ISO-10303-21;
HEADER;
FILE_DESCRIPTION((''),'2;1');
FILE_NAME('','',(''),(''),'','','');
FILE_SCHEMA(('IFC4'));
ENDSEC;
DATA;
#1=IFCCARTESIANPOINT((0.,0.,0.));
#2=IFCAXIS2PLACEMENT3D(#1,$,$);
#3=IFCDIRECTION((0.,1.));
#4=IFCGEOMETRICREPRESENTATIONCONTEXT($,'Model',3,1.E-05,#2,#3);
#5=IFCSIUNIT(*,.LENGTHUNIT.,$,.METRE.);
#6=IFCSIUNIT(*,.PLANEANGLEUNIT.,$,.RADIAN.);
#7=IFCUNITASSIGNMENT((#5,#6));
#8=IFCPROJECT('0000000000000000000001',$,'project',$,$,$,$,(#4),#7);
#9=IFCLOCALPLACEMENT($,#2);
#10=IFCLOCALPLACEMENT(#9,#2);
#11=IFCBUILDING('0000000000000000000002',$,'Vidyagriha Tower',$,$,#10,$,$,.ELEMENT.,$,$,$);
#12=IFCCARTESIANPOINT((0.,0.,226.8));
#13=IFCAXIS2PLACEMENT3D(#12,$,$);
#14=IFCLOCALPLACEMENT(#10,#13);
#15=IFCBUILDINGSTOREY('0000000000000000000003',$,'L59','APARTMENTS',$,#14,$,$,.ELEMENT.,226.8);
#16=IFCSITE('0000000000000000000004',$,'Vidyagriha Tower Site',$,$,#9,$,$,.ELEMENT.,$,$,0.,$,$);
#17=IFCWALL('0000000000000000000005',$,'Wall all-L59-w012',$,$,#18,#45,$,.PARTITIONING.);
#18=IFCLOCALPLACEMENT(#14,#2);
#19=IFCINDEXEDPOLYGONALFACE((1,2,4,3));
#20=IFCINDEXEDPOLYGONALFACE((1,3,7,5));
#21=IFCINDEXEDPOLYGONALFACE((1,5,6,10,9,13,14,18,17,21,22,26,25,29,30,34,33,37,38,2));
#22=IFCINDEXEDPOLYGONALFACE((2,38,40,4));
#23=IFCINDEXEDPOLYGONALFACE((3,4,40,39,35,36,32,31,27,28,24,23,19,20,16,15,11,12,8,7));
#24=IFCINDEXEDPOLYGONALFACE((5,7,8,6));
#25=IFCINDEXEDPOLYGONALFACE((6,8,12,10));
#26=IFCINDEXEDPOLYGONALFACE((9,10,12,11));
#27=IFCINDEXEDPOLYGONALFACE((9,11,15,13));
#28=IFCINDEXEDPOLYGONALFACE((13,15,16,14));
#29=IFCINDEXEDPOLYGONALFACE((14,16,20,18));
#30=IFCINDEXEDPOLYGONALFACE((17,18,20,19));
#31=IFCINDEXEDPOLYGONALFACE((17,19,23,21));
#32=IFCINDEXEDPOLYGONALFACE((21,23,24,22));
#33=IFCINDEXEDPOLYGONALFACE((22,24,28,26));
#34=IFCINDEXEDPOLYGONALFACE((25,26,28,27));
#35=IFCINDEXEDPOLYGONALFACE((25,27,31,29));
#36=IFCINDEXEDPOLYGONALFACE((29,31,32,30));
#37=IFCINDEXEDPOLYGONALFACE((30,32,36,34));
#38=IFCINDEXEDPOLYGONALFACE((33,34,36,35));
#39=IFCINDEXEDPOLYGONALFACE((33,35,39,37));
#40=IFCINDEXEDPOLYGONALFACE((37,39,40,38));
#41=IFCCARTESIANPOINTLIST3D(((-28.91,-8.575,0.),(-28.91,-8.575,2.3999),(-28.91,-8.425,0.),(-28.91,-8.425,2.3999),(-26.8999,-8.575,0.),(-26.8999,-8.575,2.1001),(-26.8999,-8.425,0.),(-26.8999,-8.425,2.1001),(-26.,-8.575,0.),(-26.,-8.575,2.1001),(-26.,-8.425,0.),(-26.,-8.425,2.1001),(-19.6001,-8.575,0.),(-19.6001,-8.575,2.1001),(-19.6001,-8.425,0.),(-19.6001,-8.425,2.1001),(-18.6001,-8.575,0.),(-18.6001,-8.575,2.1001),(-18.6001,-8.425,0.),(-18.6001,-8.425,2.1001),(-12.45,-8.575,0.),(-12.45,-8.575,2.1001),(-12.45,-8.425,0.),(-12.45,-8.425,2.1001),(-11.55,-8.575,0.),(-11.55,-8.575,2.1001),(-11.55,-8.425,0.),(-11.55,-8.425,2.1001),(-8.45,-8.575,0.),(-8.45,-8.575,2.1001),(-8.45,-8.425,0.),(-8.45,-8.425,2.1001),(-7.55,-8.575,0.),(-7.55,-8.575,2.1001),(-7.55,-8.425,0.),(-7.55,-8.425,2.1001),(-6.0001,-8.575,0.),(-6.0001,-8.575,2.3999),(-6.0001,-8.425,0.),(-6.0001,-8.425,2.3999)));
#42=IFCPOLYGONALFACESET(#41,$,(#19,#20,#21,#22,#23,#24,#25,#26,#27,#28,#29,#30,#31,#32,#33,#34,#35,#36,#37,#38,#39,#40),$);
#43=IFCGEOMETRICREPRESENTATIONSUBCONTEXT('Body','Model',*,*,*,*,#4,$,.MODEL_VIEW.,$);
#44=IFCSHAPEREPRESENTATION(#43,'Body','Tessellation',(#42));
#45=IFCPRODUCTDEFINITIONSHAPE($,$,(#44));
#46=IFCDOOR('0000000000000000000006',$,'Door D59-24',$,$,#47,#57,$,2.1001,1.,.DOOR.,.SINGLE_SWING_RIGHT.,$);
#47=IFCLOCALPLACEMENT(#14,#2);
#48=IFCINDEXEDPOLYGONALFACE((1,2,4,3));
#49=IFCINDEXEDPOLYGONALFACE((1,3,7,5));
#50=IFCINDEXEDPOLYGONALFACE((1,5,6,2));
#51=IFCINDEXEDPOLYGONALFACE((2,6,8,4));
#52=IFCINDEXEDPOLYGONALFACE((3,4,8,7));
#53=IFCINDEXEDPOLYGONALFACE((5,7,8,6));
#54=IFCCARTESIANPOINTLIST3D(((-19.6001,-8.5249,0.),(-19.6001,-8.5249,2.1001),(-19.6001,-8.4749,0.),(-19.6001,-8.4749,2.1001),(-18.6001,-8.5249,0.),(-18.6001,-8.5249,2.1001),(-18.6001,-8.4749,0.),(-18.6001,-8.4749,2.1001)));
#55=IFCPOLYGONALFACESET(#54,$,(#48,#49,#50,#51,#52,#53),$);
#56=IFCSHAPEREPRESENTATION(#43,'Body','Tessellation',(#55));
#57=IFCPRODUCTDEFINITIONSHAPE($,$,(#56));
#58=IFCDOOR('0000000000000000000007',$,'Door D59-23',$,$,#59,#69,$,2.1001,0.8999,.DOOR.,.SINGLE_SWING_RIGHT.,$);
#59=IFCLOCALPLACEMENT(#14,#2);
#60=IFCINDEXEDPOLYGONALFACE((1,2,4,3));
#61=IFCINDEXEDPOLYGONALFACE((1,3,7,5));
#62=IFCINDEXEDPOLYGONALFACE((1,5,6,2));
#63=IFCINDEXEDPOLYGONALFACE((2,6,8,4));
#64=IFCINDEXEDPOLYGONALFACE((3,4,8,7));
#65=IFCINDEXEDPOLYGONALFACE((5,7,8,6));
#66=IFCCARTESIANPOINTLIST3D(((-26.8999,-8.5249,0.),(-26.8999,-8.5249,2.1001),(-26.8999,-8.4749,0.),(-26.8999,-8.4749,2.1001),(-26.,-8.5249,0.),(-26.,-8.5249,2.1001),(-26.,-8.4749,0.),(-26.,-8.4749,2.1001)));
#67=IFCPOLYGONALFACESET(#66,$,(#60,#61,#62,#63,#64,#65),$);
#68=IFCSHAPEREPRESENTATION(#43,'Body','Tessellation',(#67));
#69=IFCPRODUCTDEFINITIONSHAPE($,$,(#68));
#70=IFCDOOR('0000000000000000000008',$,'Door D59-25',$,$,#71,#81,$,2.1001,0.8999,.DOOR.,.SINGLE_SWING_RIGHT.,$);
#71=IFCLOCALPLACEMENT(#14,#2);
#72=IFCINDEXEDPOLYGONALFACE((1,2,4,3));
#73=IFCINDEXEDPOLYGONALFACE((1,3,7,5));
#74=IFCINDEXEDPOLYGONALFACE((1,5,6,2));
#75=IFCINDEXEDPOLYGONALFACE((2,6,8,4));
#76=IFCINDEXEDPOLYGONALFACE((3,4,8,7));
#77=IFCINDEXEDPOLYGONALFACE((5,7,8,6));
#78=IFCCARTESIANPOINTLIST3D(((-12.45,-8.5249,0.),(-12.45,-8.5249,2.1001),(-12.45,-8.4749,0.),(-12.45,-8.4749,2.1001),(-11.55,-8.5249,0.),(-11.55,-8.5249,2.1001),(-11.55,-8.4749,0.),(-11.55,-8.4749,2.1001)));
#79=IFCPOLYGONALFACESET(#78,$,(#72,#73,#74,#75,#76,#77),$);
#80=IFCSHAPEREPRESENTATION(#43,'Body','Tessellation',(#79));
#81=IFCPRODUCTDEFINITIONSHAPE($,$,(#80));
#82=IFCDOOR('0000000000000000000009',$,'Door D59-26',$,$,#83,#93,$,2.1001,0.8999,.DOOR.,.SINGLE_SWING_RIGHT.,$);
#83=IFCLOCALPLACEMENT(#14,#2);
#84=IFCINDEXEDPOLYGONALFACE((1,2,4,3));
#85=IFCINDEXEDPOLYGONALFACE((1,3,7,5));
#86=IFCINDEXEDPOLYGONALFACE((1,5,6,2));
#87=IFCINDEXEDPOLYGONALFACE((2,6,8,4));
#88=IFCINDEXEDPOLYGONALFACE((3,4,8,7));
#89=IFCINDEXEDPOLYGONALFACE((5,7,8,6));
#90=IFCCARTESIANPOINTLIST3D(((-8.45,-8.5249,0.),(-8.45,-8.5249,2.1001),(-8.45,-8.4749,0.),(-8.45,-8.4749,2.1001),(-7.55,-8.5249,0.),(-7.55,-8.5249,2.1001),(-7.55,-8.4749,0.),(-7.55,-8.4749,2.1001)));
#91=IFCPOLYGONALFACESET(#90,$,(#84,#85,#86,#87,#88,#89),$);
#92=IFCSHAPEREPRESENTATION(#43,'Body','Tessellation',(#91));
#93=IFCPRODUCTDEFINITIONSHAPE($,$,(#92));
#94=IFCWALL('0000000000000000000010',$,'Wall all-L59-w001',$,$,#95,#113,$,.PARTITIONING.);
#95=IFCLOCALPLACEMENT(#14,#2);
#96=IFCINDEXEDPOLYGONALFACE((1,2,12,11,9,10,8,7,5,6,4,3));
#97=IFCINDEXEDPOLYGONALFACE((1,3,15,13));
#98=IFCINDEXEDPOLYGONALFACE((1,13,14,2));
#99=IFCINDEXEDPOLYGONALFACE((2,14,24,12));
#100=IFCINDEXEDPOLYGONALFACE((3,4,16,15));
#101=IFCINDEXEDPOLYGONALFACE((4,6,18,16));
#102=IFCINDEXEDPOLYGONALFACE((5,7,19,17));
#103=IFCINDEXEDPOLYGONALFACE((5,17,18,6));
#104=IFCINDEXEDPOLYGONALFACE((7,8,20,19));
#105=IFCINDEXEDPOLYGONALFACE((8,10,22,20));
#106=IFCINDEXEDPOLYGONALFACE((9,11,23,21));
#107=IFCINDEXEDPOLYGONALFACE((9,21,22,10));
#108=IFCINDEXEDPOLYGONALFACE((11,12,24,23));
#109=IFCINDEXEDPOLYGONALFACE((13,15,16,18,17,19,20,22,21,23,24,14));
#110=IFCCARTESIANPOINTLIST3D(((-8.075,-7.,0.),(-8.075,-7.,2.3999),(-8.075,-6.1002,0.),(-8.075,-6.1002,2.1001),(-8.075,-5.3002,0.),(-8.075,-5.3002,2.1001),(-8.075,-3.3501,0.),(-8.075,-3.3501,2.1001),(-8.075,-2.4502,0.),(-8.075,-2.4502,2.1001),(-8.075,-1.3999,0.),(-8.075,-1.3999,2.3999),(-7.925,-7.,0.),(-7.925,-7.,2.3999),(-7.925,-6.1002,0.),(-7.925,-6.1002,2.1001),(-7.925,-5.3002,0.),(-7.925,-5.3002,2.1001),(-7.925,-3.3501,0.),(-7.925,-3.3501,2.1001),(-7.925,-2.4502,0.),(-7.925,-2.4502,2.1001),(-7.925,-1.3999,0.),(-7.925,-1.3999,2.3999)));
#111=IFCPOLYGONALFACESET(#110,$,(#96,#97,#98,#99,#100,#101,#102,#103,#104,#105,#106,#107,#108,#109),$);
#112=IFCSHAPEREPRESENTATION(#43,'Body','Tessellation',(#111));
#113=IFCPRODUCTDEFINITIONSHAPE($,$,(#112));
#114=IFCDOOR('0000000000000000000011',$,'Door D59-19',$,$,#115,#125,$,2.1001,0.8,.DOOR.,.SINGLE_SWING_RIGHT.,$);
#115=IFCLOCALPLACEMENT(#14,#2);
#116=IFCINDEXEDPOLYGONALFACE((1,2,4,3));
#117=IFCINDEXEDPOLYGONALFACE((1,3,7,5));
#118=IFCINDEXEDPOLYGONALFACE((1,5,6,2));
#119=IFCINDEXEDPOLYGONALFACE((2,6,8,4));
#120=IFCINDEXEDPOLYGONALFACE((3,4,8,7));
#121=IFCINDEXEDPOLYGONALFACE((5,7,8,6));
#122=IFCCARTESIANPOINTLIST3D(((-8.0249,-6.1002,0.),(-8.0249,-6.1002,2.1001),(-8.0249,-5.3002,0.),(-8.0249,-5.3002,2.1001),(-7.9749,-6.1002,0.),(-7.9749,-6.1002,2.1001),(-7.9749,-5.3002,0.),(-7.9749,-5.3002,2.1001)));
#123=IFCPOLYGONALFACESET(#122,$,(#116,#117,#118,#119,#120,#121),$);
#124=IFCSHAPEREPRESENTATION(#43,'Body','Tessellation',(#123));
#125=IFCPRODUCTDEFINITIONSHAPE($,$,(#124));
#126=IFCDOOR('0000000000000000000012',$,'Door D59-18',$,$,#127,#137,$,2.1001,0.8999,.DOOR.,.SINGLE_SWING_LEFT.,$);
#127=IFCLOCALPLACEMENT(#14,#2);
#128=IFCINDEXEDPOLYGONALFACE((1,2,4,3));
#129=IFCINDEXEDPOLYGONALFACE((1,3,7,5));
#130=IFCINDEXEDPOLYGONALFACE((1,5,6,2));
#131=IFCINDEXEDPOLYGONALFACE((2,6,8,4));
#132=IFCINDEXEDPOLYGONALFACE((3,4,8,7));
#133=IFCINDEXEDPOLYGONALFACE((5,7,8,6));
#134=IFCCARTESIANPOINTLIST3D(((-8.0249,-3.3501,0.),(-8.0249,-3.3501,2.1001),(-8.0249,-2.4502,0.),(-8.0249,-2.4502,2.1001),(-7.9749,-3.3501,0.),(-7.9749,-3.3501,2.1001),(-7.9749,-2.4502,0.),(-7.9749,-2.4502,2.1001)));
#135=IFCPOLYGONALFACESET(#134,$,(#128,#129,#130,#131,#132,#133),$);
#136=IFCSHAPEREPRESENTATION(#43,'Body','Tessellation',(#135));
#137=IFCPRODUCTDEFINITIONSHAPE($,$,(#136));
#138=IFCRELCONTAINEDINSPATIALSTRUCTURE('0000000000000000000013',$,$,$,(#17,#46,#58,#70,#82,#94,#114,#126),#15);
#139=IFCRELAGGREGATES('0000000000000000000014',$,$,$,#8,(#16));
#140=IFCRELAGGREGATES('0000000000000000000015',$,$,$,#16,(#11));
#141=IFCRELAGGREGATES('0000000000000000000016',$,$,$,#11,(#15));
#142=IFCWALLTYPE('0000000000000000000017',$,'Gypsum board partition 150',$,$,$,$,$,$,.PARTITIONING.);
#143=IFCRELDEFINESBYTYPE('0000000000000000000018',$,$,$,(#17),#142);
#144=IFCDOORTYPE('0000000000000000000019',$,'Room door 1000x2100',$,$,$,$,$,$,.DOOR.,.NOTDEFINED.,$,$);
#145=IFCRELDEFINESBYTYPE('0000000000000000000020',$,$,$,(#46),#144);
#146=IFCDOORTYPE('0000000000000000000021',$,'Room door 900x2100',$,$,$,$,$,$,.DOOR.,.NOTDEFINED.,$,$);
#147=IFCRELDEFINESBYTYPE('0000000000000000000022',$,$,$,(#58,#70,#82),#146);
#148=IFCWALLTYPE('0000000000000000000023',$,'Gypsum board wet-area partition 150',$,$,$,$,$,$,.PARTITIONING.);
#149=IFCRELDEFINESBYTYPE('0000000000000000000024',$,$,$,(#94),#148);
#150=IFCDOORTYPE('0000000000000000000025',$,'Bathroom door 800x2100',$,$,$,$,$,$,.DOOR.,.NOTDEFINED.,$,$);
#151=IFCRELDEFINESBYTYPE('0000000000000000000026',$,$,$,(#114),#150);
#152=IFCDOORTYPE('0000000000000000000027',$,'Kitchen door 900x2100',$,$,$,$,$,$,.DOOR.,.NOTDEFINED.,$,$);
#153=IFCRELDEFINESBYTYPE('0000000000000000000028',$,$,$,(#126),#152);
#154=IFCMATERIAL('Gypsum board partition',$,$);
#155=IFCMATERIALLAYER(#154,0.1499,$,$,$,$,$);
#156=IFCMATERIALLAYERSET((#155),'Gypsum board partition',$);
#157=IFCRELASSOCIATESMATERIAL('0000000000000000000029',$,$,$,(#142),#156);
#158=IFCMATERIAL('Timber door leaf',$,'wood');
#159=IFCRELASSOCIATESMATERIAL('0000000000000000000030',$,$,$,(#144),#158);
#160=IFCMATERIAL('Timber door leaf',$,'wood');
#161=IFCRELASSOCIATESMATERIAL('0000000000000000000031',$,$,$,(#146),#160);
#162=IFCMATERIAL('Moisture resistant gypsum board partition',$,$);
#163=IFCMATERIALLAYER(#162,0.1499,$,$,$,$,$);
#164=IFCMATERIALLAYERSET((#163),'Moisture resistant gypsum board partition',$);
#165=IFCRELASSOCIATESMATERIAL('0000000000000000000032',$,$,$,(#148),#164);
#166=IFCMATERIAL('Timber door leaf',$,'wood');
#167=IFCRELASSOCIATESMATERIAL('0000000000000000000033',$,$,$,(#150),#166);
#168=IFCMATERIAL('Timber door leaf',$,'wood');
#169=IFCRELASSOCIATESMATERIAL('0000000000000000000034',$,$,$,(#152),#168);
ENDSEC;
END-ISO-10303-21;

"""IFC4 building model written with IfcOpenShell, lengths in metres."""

from ifc_helpers import new_model, si_unit, direction, frame, frame_2d, origin, place, context, subcontext, project, spatial, rectangle, extrude, material, layer, layer_set, type_object, element, fill, save


model = new_model("IFC4")

# Units and contexts
model_context = context("Model", 3, precision=1e-05, world=origin(), true_north=direction((0.0, 1.0)))
body_context = subcontext(model_context, "Body", "Model", "MODEL_VIEW")
ifc_project = project(units=[si_unit("LENGTHUNIT", "METRE"), si_unit("PLANEANGLEUNIT", "RADIAN")], contexts=[model_context])

# Site, building, storey
site_placement = place(None, origin())
site = spatial("IfcSite", under=ifc_project, at=site_placement, Name="Vidyagriha Tower Site", CompositionType="ELEMENT", RefElevation=0.0)
building_placement = place(site_placement, origin())
building = spatial("IfcBuilding", under=site, at=building_placement, Name="Vidyagriha Tower", CompositionType="ELEMENT")
storey_placement = place(building_placement, frame((0.0, 0.0, 226.8)))
storey = spatial("IfcBuildingStorey", under=building, at=storey_placement, Name="L59", Description="APARTMENTS", CompositionType="ELEMENT", Elevation=226.8)

# Walls, openings, doors
ifc_material_1 = material(Name="Gypsum board partition")
ifc_layer_1 = layer(ifc_material_1, 0.1499)
ifc_layer_set_1 = layer_set([ifc_layer_1], Name="Gypsum board partition")
wall_type_1 = type_object("IfcWallType", Name="Gypsum board partition 150", PredefinedType="PARTITIONING", material=ifc_layer_set_1)
wall_1_placement = place(storey_placement, frame((-6.0, -8.5, 0.0), z_axis=(0.0, 0.0, 1.0), x_axis=(-1.0, 0.0, 0.0)))
wall_1 = element("IfcWall", 1, at=wall_1_placement, inside=storey, type_object=wall_type_1, Name="Wall all-L59-w012", PredefinedType="PARTITIONING", context=body_context, shape_type="SweptSolid", body=[
    extrude(rectangle(XDim=22.9099, YDim=0.1499, at=frame_2d((11.4551, 0.0))), origin(), (0.0, 0.0, 1.0), 2.3999),
])
opening_1_placement = place(wall_1_placement, frame((20.0, 0.0, 0.0)))
opening_1 = element("IfcOpeningElement", 2, at=opening_1_placement, cuts=wall_1, PredefinedType="OPENING", context=body_context, shape_type="SweptSolid", body=[
    extrude(rectangle(XDim=0.8999, YDim=2.1001, at=frame_2d((0.45, 1.05))), frame((0.0, 0.085, 0.0), z_axis=(0.0, -1.0, 0.0), x_axis=(1.0, 0.0, 0.0)), (0.0, 0.0, 1.0), 0.1699),
])
opening_2_placement = place(wall_1_placement, frame((12.6001, 0.0, 0.0)))
opening_2 = element("IfcOpeningElement", 3, at=opening_2_placement, cuts=wall_1, PredefinedType="OPENING", context=body_context, shape_type="SweptSolid", body=[
    extrude(rectangle(XDim=1.0, YDim=2.1001, at=frame_2d((0.5, 1.05))), frame((0.0, 0.085, 0.0), z_axis=(0.0, -1.0, 0.0), x_axis=(1.0, 0.0, 0.0)), (0.0, 0.0, 1.0), 0.1699),
])
opening_3_placement = place(wall_1_placement, frame((5.55, 0.0, 0.0)))
opening_3 = element("IfcOpeningElement", 4, at=opening_3_placement, cuts=wall_1, PredefinedType="OPENING", context=body_context, shape_type="SweptSolid", body=[
    extrude(rectangle(XDim=0.8999, YDim=2.1001, at=frame_2d((0.45, 1.05))), frame((0.0, 0.085, 0.0), z_axis=(0.0, -1.0, 0.0), x_axis=(1.0, 0.0, 0.0)), (0.0, 0.0, 1.0), 0.1699),
])
opening_4_placement = place(wall_1_placement, frame((1.55, 0.0, 0.0)))
opening_4 = element("IfcOpeningElement", 5, at=opening_4_placement, cuts=wall_1, PredefinedType="OPENING", context=body_context, shape_type="SweptSolid", body=[
    extrude(rectangle(XDim=0.8999, YDim=2.1001, at=frame_2d((0.45, 1.05))), frame((0.0, 0.085, 0.0), z_axis=(0.0, -1.0, 0.0), x_axis=(1.0, 0.0, 0.0)), (0.0, 0.0, 1.0), 0.1699),
])
ifc_material_2 = material(Name="Timber door leaf", Category="wood")
door_type_1 = type_object("IfcDoorType", Name="Room door 1000x2100", OperationType="NOTDEFINED", PredefinedType="DOOR", material=ifc_material_2)
door_1_placement = place(opening_2_placement, origin())
door_1 = element("IfcDoor", 6, at=door_1_placement, inside=storey, type_object=door_type_1, Name="Door D59-24", OperationType="SINGLE_SWING_RIGHT", OverallHeight=2.1001, OverallWidth=1.0, PredefinedType="DOOR", context=body_context, shape_type="SweptSolid", body=[
    extrude(rectangle(XDim=1.0, YDim=2.1001, at=frame_2d((0.5, 1.05))), frame((0.0, 0.0249, 0.0), z_axis=(0.0, -1.0, 0.0), x_axis=(1.0, 0.0, 0.0)), (0.0, 0.0, 1.0), 0.05),
])
fill(opening_2, door_1)
ifc_material_3 = material(Name="Timber door leaf", Category="wood")
door_type_2 = type_object("IfcDoorType", Name="Room door 900x2100", OperationType="NOTDEFINED", PredefinedType="DOOR", material=ifc_material_3)
door_2_placement = place(opening_1_placement, origin())
door_2 = element("IfcDoor", 7, at=door_2_placement, inside=storey, type_object=door_type_2, Name="Door D59-23", OperationType="SINGLE_SWING_RIGHT", OverallHeight=2.1001, OverallWidth=0.8999, PredefinedType="DOOR", context=body_context, shape_type="SweptSolid", body=[
    extrude(rectangle(XDim=0.8999, YDim=2.1001, at=frame_2d((0.45, 1.05))), frame((0.0, 0.0249, 0.0), z_axis=(0.0, -1.0, 0.0), x_axis=(1.0, 0.0, 0.0)), (0.0, 0.0, 1.0), 0.05),
])
fill(opening_1, door_2)
door_3_placement = place(opening_3_placement, origin())
door_3 = element("IfcDoor", 8, at=door_3_placement, inside=storey, type_object=door_type_2, Name="Door D59-25", OperationType="SINGLE_SWING_RIGHT", OverallHeight=2.1001, OverallWidth=0.8999, PredefinedType="DOOR", context=body_context, shape_type="SweptSolid", body=[
    extrude(rectangle(XDim=0.8999, YDim=2.1001, at=frame_2d((0.45, 1.05))), frame((0.0, 0.0249, 0.0), z_axis=(0.0, -1.0, 0.0), x_axis=(1.0, 0.0, 0.0)), (0.0, 0.0, 1.0), 0.05),
])
fill(opening_3, door_3)
door_4_placement = place(opening_4_placement, origin())
door_4 = element("IfcDoor", 9, at=door_4_placement, inside=storey, type_object=door_type_2, Name="Door D59-26", OperationType="SINGLE_SWING_RIGHT", OverallHeight=2.1001, OverallWidth=0.8999, PredefinedType="DOOR", context=body_context, shape_type="SweptSolid", body=[
    extrude(rectangle(XDim=0.8999, YDim=2.1001, at=frame_2d((0.45, 1.05))), frame((0.0, 0.0249, 0.0), z_axis=(0.0, -1.0, 0.0), x_axis=(1.0, 0.0, 0.0)), (0.0, 0.0, 1.0), 0.05),
])
fill(opening_4, door_4)
ifc_material_4 = material(Name="Moisture resistant gypsum board partition")
ifc_layer_2 = layer(ifc_material_4, 0.1499)
ifc_layer_set_2 = layer_set([ifc_layer_2], Name="Moisture resistant gypsum board partition")
wall_type_2 = type_object("IfcWallType", Name="Gypsum board wet-area partition 150", PredefinedType="PARTITIONING", material=ifc_layer_set_2)
wall_2_placement = place(storey_placement, frame((-8.0, -7.0, 0.0), z_axis=(0.0, 0.0, 1.0), x_axis=(0.0, 1.0, 0.0)))
wall_2 = element("IfcWall", 10, at=wall_2_placement, inside=storey, type_object=wall_type_2, Name="Wall all-L59-w001", PredefinedType="PARTITIONING", context=body_context, shape_type="SweptSolid", body=[
    extrude(rectangle(XDim=5.6001, YDim=0.1499, at=frame_2d((2.8, 0.0))), origin(), (0.0, 0.0, 1.0), 2.3999),
])
opening_5_placement = place(wall_2_placement, frame((3.6499, 0.0, 0.0)))
opening_5 = element("IfcOpeningElement", 11, at=opening_5_placement, cuts=wall_2, PredefinedType="OPENING", context=body_context, shape_type="SweptSolid", body=[
    extrude(rectangle(XDim=0.8999, YDim=2.1001, at=frame_2d((0.45, 1.05))), frame((0.0, 0.085, 0.0), z_axis=(0.0, -1.0, 0.0), x_axis=(1.0, 0.0, 0.0)), (0.0, 0.0, 1.0), 0.1699),
])
opening_6_placement = place(wall_2_placement, frame((0.8999, 0.0, 0.0)))
opening_6 = element("IfcOpeningElement", 12, at=opening_6_placement, cuts=wall_2, PredefinedType="OPENING", context=body_context, shape_type="SweptSolid", body=[
    extrude(rectangle(XDim=0.8, YDim=2.1001, at=frame_2d((0.3999, 1.05))), frame((0.0, 0.085, 0.0), z_axis=(0.0, -1.0, 0.0), x_axis=(1.0, 0.0, 0.0)), (0.0, 0.0, 1.0), 0.1699),
])
ifc_material_5 = material(Name="Timber door leaf", Category="wood")
door_type_3 = type_object("IfcDoorType", Name="Bathroom door 800x2100", OperationType="NOTDEFINED", PredefinedType="DOOR", material=ifc_material_5)
door_5_placement = place(opening_6_placement, origin())
door_5 = element("IfcDoor", 13, at=door_5_placement, inside=storey, type_object=door_type_3, Name="Door D59-19", OperationType="SINGLE_SWING_RIGHT", OverallHeight=2.1001, OverallWidth=0.8, PredefinedType="DOOR", context=body_context, shape_type="SweptSolid", body=[
    extrude(rectangle(XDim=0.8, YDim=2.1001, at=frame_2d((0.3999, 1.05))), frame((0.0, 0.0249, 0.0), z_axis=(0.0, -1.0, 0.0), x_axis=(1.0, 0.0, 0.0)), (0.0, 0.0, 1.0), 0.05),
])
fill(opening_6, door_5)
ifc_material_6 = material(Name="Timber door leaf", Category="wood")
door_type_4 = type_object("IfcDoorType", Name="Kitchen door 900x2100", OperationType="NOTDEFINED", PredefinedType="DOOR", material=ifc_material_6)
door_6_placement = place(opening_5_placement, origin())
door_6 = element("IfcDoor", 14, at=door_6_placement, inside=storey, type_object=door_type_4, Name="Door D59-18", OperationType="SINGLE_SWING_LEFT", OverallHeight=2.1001, OverallWidth=0.8999, PredefinedType="DOOR", context=body_context, shape_type="SweptSolid", body=[
    extrude(rectangle(XDim=0.8999, YDim=2.1001, at=frame_2d((0.45, 1.05))), frame((0.0, 0.0249, 0.0), z_axis=(0.0, -1.0, 0.0), x_axis=(1.0, 0.0, 0.0)), (0.0, 0.0, 1.0), 0.05),
])
fill(opening_5, door_6)

save(model, "model.ifc")
